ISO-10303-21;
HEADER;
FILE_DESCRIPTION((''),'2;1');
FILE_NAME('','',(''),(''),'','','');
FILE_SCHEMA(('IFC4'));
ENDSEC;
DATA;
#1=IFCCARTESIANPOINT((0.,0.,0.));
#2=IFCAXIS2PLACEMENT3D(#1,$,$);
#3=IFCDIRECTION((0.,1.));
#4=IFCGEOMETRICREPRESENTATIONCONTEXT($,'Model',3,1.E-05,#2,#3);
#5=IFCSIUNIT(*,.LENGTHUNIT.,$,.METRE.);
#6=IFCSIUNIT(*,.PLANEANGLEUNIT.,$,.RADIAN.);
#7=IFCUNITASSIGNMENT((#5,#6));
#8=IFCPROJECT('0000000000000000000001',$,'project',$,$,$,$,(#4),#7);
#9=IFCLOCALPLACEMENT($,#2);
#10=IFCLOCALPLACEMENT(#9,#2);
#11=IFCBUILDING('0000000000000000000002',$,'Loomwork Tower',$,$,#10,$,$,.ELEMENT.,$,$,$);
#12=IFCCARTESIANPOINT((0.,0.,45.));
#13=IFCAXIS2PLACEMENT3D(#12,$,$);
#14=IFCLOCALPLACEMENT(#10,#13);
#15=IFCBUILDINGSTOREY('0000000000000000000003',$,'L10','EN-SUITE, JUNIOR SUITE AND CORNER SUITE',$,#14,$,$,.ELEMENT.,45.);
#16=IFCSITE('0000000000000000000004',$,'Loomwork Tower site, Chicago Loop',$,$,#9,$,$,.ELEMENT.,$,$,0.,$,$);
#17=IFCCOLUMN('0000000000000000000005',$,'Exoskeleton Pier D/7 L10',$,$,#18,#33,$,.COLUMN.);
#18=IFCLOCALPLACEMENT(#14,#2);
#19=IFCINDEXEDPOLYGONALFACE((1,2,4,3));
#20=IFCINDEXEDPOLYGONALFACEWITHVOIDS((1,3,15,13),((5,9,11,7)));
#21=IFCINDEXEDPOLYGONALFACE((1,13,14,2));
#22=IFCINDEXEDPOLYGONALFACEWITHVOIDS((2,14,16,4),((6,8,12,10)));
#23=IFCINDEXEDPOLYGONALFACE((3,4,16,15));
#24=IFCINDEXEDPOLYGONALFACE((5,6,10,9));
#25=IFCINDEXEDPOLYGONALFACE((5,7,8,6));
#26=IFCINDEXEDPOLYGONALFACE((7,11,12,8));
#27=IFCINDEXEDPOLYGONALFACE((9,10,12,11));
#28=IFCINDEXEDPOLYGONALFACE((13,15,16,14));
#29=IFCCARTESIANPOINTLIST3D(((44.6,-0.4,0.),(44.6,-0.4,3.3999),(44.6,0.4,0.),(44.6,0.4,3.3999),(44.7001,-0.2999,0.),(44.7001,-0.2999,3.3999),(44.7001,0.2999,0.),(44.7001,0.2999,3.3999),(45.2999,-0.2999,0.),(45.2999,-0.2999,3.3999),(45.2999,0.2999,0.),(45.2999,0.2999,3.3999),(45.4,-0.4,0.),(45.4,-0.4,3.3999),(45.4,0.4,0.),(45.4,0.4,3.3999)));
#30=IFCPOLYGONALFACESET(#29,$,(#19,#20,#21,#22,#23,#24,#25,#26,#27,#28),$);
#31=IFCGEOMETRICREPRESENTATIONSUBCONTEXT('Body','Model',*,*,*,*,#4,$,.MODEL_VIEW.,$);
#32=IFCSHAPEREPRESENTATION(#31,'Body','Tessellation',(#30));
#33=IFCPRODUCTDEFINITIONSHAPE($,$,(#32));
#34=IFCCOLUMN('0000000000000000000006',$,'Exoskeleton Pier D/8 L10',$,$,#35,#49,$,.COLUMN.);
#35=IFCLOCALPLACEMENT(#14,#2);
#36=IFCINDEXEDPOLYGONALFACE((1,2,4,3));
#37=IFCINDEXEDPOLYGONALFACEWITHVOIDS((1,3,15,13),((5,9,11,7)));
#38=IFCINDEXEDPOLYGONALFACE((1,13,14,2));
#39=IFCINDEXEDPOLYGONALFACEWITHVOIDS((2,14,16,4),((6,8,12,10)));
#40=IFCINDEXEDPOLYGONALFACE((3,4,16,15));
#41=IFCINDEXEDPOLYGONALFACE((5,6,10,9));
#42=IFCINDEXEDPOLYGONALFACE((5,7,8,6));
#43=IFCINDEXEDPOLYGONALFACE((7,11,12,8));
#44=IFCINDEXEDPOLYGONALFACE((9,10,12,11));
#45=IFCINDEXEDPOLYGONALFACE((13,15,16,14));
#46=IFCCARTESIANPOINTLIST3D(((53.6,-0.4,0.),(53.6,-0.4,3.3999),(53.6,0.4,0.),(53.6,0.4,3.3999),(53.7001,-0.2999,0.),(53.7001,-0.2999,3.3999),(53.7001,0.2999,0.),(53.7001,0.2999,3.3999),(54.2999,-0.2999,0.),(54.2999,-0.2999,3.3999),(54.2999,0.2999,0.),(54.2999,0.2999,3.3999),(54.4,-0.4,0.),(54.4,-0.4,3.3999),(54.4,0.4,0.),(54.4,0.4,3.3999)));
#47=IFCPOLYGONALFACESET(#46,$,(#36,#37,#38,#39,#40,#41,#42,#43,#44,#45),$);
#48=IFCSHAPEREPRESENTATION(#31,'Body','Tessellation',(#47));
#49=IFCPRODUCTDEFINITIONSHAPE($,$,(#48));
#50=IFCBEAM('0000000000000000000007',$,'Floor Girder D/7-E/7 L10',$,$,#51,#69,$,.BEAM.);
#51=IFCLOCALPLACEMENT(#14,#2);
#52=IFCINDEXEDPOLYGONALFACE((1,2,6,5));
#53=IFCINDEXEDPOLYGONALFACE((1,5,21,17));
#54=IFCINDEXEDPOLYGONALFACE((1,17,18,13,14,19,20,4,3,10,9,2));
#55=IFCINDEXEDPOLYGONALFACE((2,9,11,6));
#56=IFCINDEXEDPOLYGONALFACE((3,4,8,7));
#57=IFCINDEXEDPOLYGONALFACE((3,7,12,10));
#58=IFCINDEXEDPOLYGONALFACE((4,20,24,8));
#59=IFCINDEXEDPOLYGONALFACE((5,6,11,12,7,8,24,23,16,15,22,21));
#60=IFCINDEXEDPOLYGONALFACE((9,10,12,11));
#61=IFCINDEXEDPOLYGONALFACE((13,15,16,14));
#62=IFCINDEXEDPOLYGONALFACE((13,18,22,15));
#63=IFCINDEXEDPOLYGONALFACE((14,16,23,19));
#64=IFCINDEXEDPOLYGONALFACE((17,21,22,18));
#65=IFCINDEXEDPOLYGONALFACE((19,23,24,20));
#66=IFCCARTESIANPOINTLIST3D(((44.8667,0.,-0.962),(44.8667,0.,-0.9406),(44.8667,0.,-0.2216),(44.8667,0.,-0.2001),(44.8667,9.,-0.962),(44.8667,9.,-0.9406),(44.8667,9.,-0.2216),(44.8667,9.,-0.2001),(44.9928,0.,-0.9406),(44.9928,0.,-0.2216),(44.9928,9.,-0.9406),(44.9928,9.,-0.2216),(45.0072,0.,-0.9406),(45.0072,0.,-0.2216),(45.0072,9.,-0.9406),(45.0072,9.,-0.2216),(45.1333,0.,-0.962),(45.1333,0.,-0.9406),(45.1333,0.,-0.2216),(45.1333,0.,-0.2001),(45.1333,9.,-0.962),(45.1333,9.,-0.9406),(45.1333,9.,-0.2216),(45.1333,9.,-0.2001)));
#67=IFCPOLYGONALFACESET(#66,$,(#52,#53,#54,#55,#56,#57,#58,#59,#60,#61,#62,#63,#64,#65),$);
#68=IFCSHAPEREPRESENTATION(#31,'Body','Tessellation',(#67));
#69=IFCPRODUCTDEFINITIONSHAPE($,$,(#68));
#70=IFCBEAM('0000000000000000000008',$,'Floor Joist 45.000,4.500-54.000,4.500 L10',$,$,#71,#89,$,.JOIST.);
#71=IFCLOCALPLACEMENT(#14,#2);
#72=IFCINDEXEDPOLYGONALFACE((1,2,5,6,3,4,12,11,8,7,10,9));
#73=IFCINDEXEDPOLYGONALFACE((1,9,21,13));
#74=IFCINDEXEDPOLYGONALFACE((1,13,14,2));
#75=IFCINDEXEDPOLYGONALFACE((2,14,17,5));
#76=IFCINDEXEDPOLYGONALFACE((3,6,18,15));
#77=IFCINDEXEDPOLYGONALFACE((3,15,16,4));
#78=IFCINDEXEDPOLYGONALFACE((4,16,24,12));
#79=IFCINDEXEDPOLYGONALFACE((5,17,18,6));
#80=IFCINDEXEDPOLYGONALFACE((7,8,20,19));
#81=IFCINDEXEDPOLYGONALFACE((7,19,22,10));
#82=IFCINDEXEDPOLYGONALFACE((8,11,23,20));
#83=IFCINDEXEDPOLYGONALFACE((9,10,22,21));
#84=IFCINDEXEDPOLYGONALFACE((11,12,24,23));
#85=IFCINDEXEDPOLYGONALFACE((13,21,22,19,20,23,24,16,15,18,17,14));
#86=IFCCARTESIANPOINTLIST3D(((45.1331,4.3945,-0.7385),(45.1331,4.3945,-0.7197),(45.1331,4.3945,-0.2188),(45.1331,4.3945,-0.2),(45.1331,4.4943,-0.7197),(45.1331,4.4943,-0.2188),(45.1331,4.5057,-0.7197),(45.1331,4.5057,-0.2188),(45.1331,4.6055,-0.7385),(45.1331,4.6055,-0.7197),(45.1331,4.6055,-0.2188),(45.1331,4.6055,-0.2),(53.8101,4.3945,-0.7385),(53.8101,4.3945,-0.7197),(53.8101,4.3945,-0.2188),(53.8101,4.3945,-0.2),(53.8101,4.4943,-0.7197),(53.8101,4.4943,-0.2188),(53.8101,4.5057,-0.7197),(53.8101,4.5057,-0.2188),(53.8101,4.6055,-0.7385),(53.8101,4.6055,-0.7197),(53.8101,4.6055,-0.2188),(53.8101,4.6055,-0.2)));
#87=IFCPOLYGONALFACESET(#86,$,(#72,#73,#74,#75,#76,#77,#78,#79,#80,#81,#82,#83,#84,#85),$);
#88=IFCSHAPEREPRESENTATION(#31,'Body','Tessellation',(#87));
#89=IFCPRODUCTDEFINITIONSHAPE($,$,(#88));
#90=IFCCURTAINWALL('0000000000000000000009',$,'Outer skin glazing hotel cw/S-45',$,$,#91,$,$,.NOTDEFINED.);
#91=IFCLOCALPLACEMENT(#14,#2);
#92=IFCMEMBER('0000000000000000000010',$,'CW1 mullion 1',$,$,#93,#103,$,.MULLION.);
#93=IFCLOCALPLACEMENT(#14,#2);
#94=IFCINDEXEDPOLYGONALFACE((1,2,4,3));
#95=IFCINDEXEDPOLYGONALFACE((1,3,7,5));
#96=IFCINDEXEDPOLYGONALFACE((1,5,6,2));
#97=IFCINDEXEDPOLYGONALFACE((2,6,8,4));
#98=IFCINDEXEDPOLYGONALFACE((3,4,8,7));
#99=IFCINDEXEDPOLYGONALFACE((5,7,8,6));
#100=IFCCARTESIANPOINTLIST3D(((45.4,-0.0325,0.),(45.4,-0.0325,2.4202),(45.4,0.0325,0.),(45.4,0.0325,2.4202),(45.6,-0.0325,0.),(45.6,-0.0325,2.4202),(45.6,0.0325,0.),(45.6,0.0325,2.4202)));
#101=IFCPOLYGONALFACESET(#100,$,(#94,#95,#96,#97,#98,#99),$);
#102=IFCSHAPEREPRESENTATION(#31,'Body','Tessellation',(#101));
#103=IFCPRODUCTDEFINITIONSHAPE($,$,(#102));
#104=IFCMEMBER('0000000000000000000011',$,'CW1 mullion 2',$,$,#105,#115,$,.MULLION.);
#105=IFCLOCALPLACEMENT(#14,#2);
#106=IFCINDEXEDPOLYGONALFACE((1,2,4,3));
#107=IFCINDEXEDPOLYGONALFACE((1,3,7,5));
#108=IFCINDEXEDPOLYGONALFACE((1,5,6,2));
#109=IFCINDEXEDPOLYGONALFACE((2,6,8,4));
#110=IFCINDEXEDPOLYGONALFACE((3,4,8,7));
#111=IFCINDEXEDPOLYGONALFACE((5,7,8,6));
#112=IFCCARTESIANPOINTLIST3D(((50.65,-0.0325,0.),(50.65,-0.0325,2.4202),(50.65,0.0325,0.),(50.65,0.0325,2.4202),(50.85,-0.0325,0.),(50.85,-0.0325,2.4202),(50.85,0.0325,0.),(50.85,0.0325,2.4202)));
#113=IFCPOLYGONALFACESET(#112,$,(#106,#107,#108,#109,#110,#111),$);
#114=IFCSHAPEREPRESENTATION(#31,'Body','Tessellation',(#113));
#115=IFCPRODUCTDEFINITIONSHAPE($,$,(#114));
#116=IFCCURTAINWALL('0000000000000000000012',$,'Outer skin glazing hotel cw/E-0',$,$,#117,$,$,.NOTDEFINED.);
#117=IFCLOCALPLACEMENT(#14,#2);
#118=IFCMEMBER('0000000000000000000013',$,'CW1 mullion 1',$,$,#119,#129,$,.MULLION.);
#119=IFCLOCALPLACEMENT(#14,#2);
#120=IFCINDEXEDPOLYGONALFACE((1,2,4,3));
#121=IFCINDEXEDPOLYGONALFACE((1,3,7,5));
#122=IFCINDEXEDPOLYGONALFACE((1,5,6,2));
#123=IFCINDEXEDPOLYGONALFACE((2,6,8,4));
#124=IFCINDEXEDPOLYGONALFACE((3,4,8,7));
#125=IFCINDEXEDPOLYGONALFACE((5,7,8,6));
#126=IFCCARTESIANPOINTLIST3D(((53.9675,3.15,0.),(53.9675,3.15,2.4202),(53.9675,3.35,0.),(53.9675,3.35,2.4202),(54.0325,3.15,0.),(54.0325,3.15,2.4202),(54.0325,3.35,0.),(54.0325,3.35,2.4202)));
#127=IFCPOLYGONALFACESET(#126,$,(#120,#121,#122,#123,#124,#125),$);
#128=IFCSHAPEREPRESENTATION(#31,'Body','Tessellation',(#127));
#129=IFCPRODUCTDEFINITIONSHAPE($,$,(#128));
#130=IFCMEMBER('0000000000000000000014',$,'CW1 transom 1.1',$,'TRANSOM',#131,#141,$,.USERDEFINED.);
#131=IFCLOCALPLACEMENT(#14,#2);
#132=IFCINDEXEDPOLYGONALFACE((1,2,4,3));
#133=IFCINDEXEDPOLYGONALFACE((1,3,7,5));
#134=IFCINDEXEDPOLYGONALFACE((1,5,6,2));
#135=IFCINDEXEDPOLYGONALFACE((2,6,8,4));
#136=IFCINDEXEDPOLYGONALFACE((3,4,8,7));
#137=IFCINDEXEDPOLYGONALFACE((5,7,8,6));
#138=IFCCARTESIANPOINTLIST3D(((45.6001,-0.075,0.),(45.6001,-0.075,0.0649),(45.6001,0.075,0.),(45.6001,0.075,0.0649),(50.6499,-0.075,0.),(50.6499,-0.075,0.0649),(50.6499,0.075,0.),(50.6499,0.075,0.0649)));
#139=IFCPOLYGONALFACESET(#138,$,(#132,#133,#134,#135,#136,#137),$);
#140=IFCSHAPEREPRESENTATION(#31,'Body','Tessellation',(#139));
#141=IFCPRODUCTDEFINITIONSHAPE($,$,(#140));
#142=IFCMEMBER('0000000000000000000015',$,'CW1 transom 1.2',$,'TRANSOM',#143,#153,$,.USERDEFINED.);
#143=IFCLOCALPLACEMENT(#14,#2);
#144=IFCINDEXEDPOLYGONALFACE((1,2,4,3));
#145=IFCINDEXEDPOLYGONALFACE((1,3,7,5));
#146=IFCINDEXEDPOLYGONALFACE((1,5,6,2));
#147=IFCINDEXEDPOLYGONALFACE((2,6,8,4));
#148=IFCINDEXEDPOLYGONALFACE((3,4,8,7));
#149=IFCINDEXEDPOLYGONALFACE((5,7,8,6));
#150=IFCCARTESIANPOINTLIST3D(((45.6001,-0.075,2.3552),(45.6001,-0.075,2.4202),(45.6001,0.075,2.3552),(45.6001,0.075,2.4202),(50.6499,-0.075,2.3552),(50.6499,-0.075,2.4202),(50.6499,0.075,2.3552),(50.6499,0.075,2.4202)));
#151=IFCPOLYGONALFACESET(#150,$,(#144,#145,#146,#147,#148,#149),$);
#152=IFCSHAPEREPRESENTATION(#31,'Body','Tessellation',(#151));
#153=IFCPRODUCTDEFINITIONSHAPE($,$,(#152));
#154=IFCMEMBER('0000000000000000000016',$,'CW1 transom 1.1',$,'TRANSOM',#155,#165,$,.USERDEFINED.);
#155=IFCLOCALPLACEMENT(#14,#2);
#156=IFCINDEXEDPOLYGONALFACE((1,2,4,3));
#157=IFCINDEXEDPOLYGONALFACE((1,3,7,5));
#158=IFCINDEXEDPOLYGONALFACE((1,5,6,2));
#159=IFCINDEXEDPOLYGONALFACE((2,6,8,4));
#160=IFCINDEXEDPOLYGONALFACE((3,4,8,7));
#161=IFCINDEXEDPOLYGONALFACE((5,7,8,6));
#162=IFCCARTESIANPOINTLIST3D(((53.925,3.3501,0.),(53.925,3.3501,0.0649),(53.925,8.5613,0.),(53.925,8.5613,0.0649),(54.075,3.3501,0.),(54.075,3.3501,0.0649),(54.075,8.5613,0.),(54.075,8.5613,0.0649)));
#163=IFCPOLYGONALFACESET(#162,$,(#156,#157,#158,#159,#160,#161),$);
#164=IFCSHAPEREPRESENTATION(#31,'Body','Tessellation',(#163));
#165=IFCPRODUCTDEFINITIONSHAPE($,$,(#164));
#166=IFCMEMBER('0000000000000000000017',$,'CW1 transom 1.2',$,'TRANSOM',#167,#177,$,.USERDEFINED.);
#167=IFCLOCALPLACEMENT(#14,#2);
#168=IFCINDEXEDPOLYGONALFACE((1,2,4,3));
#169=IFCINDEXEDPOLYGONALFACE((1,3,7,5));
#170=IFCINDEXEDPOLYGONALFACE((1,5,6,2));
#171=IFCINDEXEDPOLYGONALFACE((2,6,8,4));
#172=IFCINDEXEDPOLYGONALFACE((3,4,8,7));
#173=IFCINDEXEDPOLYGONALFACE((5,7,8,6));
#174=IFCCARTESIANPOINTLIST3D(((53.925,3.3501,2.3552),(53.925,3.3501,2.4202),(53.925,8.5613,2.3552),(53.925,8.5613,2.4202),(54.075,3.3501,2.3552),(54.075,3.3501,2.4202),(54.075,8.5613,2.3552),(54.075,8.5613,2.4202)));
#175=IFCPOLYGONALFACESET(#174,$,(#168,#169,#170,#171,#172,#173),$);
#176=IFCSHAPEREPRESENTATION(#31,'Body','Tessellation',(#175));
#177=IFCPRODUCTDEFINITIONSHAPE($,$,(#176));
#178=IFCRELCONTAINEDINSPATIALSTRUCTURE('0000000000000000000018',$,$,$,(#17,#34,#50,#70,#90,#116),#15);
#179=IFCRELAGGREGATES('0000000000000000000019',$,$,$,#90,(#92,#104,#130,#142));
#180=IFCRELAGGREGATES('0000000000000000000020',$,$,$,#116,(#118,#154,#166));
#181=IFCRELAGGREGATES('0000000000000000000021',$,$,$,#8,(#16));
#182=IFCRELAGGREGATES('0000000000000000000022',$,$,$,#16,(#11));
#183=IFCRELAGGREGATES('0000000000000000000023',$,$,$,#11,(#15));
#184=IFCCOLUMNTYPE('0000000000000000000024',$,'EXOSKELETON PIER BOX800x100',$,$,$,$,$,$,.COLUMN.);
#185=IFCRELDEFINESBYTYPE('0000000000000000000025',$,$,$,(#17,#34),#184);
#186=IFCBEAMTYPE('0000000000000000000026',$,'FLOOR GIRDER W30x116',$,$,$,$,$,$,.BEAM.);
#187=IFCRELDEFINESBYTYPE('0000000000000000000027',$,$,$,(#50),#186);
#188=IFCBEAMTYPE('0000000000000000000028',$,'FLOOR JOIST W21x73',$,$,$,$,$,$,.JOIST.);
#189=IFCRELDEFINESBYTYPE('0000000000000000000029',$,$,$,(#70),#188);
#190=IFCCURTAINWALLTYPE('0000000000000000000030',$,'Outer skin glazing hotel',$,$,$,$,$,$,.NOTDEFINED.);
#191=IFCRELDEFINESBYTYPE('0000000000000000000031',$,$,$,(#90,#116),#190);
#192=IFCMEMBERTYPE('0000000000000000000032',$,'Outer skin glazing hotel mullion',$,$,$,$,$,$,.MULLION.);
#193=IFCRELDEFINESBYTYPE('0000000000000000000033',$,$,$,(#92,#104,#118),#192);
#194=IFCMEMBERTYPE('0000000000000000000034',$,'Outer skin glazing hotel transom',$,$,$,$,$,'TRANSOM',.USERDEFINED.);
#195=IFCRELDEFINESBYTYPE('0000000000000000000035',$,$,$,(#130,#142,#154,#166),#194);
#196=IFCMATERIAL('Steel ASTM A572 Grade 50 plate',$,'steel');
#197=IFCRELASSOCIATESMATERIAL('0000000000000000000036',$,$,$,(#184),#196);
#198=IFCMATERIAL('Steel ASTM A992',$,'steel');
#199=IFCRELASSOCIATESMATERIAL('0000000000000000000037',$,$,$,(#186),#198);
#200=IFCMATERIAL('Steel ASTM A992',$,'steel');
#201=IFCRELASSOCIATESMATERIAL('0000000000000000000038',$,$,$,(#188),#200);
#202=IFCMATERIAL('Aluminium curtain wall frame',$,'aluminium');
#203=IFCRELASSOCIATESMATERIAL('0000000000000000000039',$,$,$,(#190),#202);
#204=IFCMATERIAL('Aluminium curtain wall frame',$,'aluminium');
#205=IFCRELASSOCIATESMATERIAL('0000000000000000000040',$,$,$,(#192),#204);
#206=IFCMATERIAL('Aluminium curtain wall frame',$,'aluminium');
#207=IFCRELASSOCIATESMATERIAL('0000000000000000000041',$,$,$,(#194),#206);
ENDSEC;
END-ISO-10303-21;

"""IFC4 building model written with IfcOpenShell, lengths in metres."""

from ifc_helpers import new_model, si_unit, direction, frame, origin, origin_2d, place, context, subcontext, project, spatial, rectangle, hollow_rectangle, i_section, extrude, material, material_profile, profile_set, type_object, element, aggregate, save


model = new_model("IFC4")

# Units and contexts
model_context = context("Model", 3, precision=1e-05, world=origin(), true_north=direction((0.0, 1.0)))
body_context = subcontext(model_context, "Body", "Model", "MODEL_VIEW")
ifc_project = project(units=[si_unit("LENGTHUNIT", "METRE"), si_unit("PLANEANGLEUNIT", "RADIAN")], contexts=[model_context])

# Site, building, storey
site_placement = place(None, origin())
site = spatial("IfcSite", under=ifc_project, at=site_placement, Name="Loomwork Tower site, Chicago Loop", CompositionType="ELEMENT", RefElevation=0.0)
building_placement = place(site_placement, origin())
building = spatial("IfcBuilding", under=site, at=building_placement, Name="Loomwork Tower", CompositionType="ELEMENT")
storey_placement = place(building_placement, frame((0.0, 0.0, 45.0)))
storey = spatial("IfcBuildingStorey", under=building, at=storey_placement, Name="L10", Description="EN-SUITE, JUNIOR SUITE AND CORNER SUITE", CompositionType="ELEMENT", Elevation=45.0)

# Columns
ifc_material_1 = material(Name="Steel ASTM A572 Grade 50 plate", Category="steel")
ifc_material_profile_1 = material_profile(ifc_material_1, hollow_rectangle(XDim=0.8, YDim=0.8, WallThickness=0.1001, at=origin_2d()), Name="BOX800x100")
ifc_profile_set_1 = profile_set([ifc_material_profile_1], Name="Steel ASTM A572 Grade 50 plate")
column_type = type_object("IfcColumnType", Name="EXOSKELETON PIER BOX800x100", PredefinedType="COLUMN", material=ifc_profile_set_1)
for number, where, z_axis, x_axis, name in (
    (1, (45.0, 0.0, 0.0), (0.0, 0.0, 1.0), (1.0, 0.0, 0.0), "Exoskeleton Pier D/7 L10"),
    (2, (54.0, 0.0, 0.0), (0.0, 0.0, 1.0), (1.0, 0.0, 0.0), "Exoskeleton Pier D/8 L10"),
):
    element("IfcColumn", number, at=place(storey_placement, frame(where, z_axis=z_axis, x_axis=x_axis)), inside=storey, type_object=column_type, Name=name, PredefinedType="COLUMN", context=body_context, shape_type="SweptSolid", body=[
        extrude(hollow_rectangle(XDim=0.8, YDim=0.8, WallThickness=0.1001, at=origin_2d()), origin(), (0.0, 0.0, 1.0), 3.3999),
    ])

# Beams
ifc_material_2 = material(Name="Steel ASTM A992", Category="steel")
ifc_material_profile_2 = material_profile(ifc_material_2, i_section(OverallWidth=0.2666, OverallDepth=0.762, WebThickness=0.0144, FlangeThickness=0.0215, at=origin_2d()), Name="W30x116")
ifc_profile_set_2 = profile_set([ifc_material_profile_2], Name="Steel ASTM A992")
beam_type_1 = type_object("IfcBeamType", Name="FLOOR GIRDER W30x116", PredefinedType="BEAM", material=ifc_profile_set_2)
beam_1_placement = place(storey_placement, frame((45.0, 0.0, -0.5811), z_axis=(0.0, 1.0, 0.0), x_axis=(-1.0, 0.0, 0.0)))
element("IfcBeam", 3, at=beam_1_placement, inside=storey, type_object=beam_type_1, Name="Floor Girder D/7-E/7 L10", PredefinedType="BEAM", context=body_context, shape_type="SweptSolid", body=[
    extrude(i_section(OverallWidth=0.2666, OverallDepth=0.762, WebThickness=0.0144, FlangeThickness=0.0215, at=origin_2d()), origin(), (0.0, 0.0, 1.0), 9.0),
])
ifc_material_3 = material(Name="Steel ASTM A992", Category="steel")
ifc_material_profile_3 = material_profile(ifc_material_3, i_section(OverallWidth=0.2109, OverallDepth=0.5386, WebThickness=0.0115, FlangeThickness=0.0188, at=origin_2d()), Name="W21x73")
ifc_profile_set_3 = profile_set([ifc_material_profile_3], Name="Steel ASTM A992")
beam_type_2 = type_object("IfcBeamType", Name="FLOOR JOIST W21x73", PredefinedType="JOIST", material=ifc_profile_set_3)
beam_2_placement = place(storey_placement, frame((45.1331, 4.5, -0.4692), z_axis=(1.0, 0.0, 0.0), x_axis=(0.0, 1.0, 0.0)))
element("IfcBeam", 4, at=beam_2_placement, inside=storey, type_object=beam_type_2, Name="Floor Joist 45.000,4.500-54.000,4.500 L10", PredefinedType="JOIST", context=body_context, shape_type="SweptSolid", body=[
    extrude(i_section(OverallWidth=0.2109, OverallDepth=0.5386, WebThickness=0.0115, FlangeThickness=0.0188, at=origin_2d()), origin(), (0.0, 0.0, 1.0), 8.677),
])

# Curtain wall, members
ifc_material_4 = material(Name="Aluminium curtain wall frame", Category="aluminium")
curtain_wall_type = type_object("IfcCurtainWallType", Name="Outer skin glazing hotel", PredefinedType="NOTDEFINED", material=ifc_material_4)
curtain_wall_1_placement = place(storey_placement, origin())
curtain_wall_1 = element("IfcCurtainWall", 5, at=curtain_wall_1_placement, inside=storey, type_object=curtain_wall_type, Name="Outer skin glazing hotel cw/S-45", PredefinedType="NOTDEFINED")
ifc_material_5 = material(Name="Aluminium curtain wall frame", Category="aluminium")
ifc_material_profile_4 = material_profile(ifc_material_5, rectangle(XDim=0.0649, YDim=0.2, at=origin_2d()), Name="AL 65x200")
ifc_profile_set_4 = profile_set([ifc_material_profile_4], Name="Aluminium curtain wall frame")
member_type_1 = type_object("IfcMemberType", Name="Outer skin glazing hotel mullion", PredefinedType="MULLION", material=ifc_profile_set_4)
member_1_placement = place(storey_placement, frame((45.5, 0.0, 0.0), z_axis=(0.0, 0.0, 1.0), x_axis=(0.0, 1.0, 0.0)))
member_1 = element("IfcMember", 6, at=member_1_placement, type_object=member_type_1, Name="CW1 mullion 1", PredefinedType="MULLION", context=body_context, shape_type="SweptSolid", body=[
    extrude(rectangle(XDim=0.0649, YDim=0.2, at=origin_2d()), origin(), (0.0, 0.0, 1.0), 2.4202),
])
member_2_placement = place(storey_placement, frame((50.75, 0.0, 0.0), z_axis=(0.0, 0.0, 1.0), x_axis=(0.0, 1.0, 0.0)))
member_2 = element("IfcMember", 7, at=member_2_placement, type_object=member_type_1, Name="CW1 mullion 2", PredefinedType="MULLION", context=body_context, shape_type="SweptSolid", body=[
    extrude(rectangle(XDim=0.0649, YDim=0.2, at=origin_2d()), origin(), (0.0, 0.0, 1.0), 2.4202),
])

# Curtain wall, member
curtain_wall_2_placement = place(storey_placement, origin())
curtain_wall_2 = element("IfcCurtainWall", 8, at=curtain_wall_2_placement, inside=storey, type_object=curtain_wall_type, Name="Outer skin glazing hotel cw/E-0", PredefinedType="NOTDEFINED")
member_3_placement = place(storey_placement, frame((54.0, 3.25, 0.0), z_axis=(0.0, 0.0, 1.0), x_axis=(-1.0, 0.0, 0.0)))
member_3 = element("IfcMember", 9, at=member_3_placement, type_object=member_type_1, Name="CW1 mullion 1", PredefinedType="MULLION", context=body_context, shape_type="SweptSolid", body=[
    extrude(rectangle(XDim=0.0649, YDim=0.2, at=origin_2d()), origin(), (0.0, 0.0, 1.0), 2.4202),
])

# Members
ifc_material_6 = material(Name="Aluminium curtain wall frame", Category="aluminium")
ifc_material_profile_5 = material_profile(ifc_material_6, rectangle(XDim=0.1499, YDim=0.0649, at=origin_2d()), Name="AL 65x150")
ifc_profile_set_5 = profile_set([ifc_material_profile_5], Name="Aluminium curtain wall frame")
member_type_2 = type_object("IfcMemberType", Name="Outer skin glazing hotel transom", ElementType="TRANSOM", PredefinedType="USERDEFINED", material=ifc_profile_set_5)
member_4_placement = place(storey_placement, frame((45.6001, 0.0, 0.0325), z_axis=(1.0, 0.0, 0.0), x_axis=(0.0, 1.0, 0.0)))
member_4 = element("IfcMember", 10, at=member_4_placement, type_object=member_type_2, Name="CW1 transom 1.1", ObjectType="TRANSOM", PredefinedType="USERDEFINED", context=body_context, shape_type="SweptSolid", body=[
    extrude(rectangle(XDim=0.1499, YDim=0.0649, at=origin_2d()), origin(), (0.0, 0.0, 1.0), 5.0498),
])
member_5_placement = place(storey_placement, frame((45.6001, 0.0, 2.3877), z_axis=(1.0, 0.0, 0.0), x_axis=(0.0, 1.0, 0.0)))
member_5 = element("IfcMember", 11, at=member_5_placement, type_object=member_type_2, Name="CW1 transom 1.2", ObjectType="TRANSOM", PredefinedType="USERDEFINED", context=body_context, shape_type="SweptSolid", body=[
    extrude(rectangle(XDim=0.1499, YDim=0.0649, at=origin_2d()), origin(), (0.0, 0.0, 1.0), 5.0498),
])
member_6_placement = place(storey_placement, frame((54.0, 3.3501, 0.0325), z_axis=(0.0, 1.0, 0.0), x_axis=(-1.0, 0.0, 0.0)))
member_6 = element("IfcMember", 12, at=member_6_placement, type_object=member_type_2, Name="CW1 transom 1.1", ObjectType="TRANSOM", PredefinedType="USERDEFINED", context=body_context, shape_type="SweptSolid", body=[
    extrude(rectangle(XDim=0.1499, YDim=0.0649, at=origin_2d()), origin(), (0.0, 0.0, 1.0), 5.2112),
])
member_7_placement = place(storey_placement, frame((54.0, 3.3501, 2.3877), z_axis=(0.0, 1.0, 0.0), x_axis=(-1.0, 0.0, 0.0)))
member_7 = element("IfcMember", 13, at=member_7_placement, type_object=member_type_2, Name="CW1 transom 1.2", ObjectType="TRANSOM", PredefinedType="USERDEFINED", context=body_context, shape_type="SweptSolid", body=[
    extrude(rectangle(XDim=0.1499, YDim=0.0649, at=origin_2d()), origin(), (0.0, 0.0, 1.0), 5.2112),
])

aggregate(curtain_wall_1, [member_1, member_2, member_4, member_5])
aggregate(curtain_wall_2, [member_3, member_6, member_7])

save(model, "model.ifc")
